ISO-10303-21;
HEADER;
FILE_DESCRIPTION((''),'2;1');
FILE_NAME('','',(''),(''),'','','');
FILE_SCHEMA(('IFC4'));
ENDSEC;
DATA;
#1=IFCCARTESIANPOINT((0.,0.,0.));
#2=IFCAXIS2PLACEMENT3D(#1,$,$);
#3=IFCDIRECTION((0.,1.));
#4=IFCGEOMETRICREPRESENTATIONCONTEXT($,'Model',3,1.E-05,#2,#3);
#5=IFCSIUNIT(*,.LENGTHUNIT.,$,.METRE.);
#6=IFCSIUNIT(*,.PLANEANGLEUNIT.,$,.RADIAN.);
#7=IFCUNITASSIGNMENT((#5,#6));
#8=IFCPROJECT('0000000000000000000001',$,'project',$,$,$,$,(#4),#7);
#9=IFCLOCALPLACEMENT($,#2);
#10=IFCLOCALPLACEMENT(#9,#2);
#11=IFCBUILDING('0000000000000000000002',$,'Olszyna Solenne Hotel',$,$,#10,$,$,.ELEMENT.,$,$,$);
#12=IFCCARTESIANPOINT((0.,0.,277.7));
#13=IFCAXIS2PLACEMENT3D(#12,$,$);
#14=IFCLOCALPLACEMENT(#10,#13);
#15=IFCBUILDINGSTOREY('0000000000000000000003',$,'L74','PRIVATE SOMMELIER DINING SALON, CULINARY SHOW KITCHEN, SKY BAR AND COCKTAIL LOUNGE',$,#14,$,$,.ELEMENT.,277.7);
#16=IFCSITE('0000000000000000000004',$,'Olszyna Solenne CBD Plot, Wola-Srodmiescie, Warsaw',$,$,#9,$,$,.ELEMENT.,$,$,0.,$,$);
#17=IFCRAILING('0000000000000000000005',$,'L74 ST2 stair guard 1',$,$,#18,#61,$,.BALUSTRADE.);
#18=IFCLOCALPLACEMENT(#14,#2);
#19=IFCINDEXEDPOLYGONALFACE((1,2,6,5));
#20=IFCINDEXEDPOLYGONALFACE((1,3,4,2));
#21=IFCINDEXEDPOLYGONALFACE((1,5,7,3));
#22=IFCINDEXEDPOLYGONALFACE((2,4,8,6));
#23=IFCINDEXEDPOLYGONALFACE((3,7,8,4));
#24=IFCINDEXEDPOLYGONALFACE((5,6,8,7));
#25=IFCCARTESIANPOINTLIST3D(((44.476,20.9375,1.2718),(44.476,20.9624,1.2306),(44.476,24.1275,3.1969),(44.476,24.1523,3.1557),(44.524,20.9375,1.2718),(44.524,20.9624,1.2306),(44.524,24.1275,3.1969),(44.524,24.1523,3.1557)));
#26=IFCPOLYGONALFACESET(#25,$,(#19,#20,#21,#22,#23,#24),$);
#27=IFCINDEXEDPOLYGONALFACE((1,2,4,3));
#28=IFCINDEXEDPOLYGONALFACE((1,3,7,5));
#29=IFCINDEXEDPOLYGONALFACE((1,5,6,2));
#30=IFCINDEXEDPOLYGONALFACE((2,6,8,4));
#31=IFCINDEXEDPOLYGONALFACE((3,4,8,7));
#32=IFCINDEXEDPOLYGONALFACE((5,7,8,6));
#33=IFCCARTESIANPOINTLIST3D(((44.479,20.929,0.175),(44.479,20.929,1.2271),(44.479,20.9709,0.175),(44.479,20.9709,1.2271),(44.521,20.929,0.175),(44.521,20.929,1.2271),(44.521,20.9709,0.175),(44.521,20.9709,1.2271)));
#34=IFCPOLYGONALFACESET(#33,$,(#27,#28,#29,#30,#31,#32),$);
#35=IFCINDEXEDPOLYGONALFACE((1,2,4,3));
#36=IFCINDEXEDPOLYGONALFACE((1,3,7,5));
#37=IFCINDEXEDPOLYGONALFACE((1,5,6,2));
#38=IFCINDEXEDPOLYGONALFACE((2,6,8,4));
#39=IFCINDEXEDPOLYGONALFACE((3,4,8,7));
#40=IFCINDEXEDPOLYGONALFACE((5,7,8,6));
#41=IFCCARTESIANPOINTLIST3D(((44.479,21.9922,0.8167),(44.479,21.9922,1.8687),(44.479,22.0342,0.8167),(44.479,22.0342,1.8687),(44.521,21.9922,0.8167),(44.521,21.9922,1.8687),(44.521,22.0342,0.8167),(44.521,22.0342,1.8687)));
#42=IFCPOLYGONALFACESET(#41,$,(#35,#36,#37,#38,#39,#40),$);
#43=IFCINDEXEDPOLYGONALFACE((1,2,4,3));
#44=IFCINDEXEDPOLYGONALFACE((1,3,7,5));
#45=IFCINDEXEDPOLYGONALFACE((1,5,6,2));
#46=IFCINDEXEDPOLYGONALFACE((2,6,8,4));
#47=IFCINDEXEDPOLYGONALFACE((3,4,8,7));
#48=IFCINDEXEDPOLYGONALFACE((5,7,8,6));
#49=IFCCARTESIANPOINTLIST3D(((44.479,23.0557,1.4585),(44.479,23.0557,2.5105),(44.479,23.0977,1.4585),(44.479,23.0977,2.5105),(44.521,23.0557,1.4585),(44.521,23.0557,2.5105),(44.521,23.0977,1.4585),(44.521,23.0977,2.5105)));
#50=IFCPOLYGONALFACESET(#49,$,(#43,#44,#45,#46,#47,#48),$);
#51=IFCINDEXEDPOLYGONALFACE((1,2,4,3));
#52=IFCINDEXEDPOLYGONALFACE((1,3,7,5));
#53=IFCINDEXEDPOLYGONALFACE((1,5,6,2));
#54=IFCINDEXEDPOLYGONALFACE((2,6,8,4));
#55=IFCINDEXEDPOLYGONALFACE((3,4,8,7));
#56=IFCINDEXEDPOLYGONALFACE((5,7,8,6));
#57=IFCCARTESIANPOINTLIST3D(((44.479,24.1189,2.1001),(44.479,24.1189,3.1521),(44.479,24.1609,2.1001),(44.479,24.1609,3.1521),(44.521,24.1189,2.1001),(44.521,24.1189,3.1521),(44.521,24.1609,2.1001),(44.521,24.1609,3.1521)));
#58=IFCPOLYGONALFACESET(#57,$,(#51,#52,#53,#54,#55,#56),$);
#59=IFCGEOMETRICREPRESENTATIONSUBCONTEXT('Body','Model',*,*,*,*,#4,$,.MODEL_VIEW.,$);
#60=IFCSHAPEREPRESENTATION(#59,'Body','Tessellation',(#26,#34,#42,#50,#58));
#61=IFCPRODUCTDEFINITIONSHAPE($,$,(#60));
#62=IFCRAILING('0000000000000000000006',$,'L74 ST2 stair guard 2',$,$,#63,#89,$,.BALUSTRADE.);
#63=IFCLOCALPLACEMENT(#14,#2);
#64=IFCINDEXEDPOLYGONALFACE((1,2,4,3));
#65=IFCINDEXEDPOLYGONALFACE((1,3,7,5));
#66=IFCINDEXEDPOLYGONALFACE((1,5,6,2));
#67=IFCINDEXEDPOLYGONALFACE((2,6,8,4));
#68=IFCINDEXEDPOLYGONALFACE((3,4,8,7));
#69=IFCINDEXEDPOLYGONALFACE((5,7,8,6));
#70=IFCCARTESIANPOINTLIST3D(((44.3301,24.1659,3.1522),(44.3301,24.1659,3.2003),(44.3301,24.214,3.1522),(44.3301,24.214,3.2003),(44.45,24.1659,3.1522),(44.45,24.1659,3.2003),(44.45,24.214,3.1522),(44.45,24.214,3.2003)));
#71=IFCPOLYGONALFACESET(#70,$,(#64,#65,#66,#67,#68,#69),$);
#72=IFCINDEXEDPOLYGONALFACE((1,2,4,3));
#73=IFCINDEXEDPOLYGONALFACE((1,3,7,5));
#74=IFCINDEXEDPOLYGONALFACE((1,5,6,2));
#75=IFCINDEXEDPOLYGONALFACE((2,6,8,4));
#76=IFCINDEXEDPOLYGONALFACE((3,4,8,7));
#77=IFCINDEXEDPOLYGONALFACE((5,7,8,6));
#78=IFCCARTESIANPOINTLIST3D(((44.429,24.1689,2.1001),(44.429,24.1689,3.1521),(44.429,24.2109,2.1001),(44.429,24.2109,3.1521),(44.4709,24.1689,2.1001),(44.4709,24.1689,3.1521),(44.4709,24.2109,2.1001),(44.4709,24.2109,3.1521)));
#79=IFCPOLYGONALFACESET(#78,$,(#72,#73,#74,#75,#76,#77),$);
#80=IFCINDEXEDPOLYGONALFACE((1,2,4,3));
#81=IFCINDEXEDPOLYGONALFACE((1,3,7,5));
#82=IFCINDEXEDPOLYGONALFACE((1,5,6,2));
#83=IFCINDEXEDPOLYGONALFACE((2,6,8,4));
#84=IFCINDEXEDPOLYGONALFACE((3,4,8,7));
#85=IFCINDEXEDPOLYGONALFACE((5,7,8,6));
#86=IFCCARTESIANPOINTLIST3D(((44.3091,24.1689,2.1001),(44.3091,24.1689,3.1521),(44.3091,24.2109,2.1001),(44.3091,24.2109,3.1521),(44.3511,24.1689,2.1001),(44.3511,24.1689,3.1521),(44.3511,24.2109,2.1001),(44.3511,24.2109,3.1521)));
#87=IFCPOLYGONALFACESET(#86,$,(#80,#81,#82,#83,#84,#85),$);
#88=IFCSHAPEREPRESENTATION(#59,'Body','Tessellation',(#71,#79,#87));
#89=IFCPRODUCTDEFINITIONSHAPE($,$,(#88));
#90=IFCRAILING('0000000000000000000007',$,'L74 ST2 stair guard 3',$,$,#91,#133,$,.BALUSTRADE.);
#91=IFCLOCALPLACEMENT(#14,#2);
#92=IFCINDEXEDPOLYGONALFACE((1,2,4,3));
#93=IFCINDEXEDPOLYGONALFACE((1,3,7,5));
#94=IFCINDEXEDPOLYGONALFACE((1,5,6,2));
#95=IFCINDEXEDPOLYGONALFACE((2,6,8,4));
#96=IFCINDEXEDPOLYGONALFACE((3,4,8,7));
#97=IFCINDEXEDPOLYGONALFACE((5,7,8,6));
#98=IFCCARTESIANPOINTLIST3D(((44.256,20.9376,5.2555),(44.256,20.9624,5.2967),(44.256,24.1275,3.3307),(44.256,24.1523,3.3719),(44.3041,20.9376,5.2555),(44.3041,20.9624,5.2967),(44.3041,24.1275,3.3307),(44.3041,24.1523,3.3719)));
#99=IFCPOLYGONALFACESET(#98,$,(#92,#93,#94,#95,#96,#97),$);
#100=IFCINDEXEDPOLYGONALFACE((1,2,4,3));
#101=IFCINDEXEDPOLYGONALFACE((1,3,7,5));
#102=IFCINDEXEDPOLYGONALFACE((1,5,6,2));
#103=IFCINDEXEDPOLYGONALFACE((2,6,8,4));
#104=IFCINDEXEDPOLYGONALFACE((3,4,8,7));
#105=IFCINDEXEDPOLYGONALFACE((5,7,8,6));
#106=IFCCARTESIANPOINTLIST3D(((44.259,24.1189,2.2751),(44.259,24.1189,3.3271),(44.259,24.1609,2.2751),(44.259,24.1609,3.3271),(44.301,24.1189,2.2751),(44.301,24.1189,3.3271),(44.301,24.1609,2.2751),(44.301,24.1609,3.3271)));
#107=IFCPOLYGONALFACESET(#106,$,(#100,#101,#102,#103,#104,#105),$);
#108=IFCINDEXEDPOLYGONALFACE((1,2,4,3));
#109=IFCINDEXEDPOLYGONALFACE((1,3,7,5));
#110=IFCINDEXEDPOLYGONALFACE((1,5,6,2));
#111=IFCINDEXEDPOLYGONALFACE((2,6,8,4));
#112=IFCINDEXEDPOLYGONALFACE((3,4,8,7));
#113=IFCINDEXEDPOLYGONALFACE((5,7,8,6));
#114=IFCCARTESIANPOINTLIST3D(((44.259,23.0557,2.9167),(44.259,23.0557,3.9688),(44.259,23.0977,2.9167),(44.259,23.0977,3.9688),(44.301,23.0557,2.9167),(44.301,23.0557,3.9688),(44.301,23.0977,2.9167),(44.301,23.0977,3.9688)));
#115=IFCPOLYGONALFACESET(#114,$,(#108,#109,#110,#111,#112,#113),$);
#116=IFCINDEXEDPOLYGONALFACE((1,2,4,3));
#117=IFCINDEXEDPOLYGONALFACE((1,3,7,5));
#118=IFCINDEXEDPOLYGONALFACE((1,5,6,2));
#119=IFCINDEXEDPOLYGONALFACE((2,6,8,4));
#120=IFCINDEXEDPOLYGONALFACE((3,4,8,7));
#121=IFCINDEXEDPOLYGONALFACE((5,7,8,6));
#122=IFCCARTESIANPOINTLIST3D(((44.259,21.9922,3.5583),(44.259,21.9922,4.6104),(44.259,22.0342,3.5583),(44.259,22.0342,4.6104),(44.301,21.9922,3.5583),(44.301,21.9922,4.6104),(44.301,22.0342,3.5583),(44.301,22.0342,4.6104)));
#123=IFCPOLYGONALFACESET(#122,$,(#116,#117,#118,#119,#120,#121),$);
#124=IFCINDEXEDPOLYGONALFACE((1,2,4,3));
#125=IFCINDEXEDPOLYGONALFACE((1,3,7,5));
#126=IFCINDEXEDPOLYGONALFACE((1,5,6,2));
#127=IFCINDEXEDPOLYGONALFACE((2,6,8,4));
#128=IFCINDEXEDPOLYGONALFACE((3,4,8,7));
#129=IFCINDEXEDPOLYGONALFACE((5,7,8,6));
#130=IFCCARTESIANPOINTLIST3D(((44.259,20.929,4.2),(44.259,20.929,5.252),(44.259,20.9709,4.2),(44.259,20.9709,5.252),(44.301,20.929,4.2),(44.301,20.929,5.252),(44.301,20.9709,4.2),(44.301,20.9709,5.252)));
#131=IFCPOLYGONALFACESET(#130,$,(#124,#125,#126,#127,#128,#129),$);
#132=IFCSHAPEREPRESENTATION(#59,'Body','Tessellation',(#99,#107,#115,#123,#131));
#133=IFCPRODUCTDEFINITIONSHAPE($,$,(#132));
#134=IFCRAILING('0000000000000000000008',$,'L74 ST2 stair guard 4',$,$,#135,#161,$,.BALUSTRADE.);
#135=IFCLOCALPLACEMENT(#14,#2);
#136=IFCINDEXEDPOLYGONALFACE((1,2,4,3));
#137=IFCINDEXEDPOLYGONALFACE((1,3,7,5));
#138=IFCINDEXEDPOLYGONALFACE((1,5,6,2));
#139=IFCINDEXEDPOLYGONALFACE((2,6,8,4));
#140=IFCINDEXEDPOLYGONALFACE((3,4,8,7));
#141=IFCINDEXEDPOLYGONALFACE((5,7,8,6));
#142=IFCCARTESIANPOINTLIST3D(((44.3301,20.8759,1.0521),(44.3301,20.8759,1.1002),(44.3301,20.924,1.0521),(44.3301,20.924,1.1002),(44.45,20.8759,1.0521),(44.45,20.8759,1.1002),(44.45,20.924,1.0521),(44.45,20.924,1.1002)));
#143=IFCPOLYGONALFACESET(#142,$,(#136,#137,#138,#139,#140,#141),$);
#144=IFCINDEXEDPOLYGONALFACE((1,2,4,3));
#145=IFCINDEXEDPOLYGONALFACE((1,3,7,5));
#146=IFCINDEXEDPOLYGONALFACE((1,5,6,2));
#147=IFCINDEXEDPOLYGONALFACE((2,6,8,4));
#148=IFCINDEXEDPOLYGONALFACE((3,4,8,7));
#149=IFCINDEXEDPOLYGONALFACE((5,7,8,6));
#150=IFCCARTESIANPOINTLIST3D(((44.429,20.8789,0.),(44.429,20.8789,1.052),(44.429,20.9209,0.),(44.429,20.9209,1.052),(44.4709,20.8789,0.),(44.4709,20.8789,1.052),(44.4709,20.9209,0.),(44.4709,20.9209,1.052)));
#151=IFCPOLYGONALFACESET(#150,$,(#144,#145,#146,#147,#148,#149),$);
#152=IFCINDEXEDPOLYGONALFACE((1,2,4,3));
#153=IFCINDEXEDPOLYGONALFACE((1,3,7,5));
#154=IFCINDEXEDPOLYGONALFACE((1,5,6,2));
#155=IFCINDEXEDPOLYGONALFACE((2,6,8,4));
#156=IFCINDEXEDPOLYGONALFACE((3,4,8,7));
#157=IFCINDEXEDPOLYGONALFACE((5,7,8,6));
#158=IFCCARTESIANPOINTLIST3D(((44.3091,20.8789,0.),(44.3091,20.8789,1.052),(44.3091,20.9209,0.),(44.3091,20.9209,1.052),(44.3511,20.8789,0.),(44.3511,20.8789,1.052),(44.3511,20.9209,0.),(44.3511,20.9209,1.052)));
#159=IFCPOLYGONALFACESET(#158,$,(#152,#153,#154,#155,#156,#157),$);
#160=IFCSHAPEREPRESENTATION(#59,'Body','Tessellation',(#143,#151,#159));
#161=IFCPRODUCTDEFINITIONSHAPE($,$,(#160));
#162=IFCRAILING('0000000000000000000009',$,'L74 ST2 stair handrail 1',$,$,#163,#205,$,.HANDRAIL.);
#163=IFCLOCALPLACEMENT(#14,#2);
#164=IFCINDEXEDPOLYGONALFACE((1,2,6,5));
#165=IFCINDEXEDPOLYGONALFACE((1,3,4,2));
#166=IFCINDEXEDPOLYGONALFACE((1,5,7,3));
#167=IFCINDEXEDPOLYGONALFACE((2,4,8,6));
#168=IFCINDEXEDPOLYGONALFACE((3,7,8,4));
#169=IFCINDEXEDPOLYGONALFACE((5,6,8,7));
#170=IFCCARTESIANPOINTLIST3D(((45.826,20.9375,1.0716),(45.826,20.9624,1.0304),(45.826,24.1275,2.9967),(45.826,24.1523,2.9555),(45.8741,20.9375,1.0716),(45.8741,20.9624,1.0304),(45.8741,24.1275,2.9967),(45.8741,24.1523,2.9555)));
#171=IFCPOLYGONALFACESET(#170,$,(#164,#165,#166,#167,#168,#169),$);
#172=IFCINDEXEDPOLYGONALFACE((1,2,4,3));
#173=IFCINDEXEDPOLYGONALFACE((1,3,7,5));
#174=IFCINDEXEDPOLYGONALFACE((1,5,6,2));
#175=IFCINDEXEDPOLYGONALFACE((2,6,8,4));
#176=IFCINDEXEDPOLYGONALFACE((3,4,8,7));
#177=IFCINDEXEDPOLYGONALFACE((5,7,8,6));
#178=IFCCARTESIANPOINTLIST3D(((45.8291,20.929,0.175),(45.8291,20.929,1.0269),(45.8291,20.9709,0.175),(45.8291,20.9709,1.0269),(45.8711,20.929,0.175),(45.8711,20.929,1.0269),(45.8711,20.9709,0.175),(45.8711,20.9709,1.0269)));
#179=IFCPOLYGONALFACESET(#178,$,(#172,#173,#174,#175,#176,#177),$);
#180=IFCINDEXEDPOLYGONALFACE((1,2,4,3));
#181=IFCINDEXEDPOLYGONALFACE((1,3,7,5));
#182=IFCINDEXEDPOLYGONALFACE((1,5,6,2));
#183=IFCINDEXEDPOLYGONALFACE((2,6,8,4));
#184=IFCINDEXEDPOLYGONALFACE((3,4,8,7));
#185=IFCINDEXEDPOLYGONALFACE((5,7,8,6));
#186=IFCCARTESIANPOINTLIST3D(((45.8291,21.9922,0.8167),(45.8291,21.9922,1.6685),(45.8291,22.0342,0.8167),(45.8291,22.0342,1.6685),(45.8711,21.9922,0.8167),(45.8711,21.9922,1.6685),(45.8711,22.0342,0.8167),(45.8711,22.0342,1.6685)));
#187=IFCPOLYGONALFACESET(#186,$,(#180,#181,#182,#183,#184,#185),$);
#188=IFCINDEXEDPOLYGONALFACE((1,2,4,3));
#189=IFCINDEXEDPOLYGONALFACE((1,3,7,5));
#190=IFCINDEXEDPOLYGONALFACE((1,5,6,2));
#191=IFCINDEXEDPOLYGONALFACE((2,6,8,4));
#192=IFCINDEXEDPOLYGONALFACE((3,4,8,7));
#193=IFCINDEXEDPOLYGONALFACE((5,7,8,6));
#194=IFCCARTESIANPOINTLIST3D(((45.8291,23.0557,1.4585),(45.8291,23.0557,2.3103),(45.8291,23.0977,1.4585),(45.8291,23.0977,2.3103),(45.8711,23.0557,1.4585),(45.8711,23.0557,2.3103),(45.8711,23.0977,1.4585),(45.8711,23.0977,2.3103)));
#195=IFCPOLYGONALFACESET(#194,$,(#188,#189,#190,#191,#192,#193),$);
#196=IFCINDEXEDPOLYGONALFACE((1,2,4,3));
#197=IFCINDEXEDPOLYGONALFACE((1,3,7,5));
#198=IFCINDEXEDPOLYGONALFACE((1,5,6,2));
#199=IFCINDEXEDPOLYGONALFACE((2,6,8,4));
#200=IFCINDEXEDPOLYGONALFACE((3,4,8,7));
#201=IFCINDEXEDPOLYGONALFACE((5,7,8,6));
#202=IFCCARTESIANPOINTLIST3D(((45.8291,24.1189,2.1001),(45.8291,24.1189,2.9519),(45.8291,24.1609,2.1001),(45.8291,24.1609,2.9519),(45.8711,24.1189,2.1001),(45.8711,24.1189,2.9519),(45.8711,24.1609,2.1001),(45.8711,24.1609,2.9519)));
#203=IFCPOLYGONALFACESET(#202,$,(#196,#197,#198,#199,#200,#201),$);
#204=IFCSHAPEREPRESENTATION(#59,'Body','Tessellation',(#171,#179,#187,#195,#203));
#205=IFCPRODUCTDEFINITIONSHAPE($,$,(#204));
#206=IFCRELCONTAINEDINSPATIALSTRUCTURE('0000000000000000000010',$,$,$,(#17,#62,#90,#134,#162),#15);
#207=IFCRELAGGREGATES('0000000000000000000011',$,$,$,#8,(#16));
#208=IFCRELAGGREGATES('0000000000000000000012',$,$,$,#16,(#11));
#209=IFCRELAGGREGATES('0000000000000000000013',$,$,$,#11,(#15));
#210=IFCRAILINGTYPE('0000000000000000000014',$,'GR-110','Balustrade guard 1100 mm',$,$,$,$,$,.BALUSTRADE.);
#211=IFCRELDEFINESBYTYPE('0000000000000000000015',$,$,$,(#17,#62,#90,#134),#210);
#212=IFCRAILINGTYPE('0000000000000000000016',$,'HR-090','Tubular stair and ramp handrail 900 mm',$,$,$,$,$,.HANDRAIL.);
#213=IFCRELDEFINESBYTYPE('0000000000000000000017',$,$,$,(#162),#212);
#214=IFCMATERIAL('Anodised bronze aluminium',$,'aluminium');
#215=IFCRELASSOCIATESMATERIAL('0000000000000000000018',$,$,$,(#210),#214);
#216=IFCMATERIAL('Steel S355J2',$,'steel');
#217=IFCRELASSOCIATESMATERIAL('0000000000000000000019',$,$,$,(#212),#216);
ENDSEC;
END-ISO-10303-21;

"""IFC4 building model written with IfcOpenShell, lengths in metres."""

from ifc_helpers import new_model, si_unit, direction, frame, origin, origin_2d, place, context, subcontext, project, spatial, rectangle, extrude, material, type_object, element, save


model = new_model("IFC4")

# Units and contexts
model_context = context("Model", 3, precision=1e-05, world=origin(), true_north=direction((0.0, 1.0)))
body_context = subcontext(model_context, "Body", "Model", "MODEL_VIEW")
ifc_project = project(units=[si_unit("LENGTHUNIT", "METRE"), si_unit("PLANEANGLEUNIT", "RADIAN")], contexts=[model_context])

# Site, building, storey
site_placement = place(None, origin())
site = spatial("IfcSite", under=ifc_project, at=site_placement, Name="Olszyna Solenne CBD Plot, Wola-Srodmiescie, Warsaw", CompositionType="ELEMENT", RefElevation=0.0)
building_placement = place(site_placement, origin())
building = spatial("IfcBuilding", under=site, at=building_placement, Name="Olszyna Solenne Hotel", CompositionType="ELEMENT")
storey_placement = place(building_placement, frame((0.0, 0.0, 277.7)))
storey = spatial("IfcBuildingStorey", under=building, at=storey_placement, Name="L74", Description="PRIVATE SOMMELIER DINING SALON, CULINARY SHOW KITCHEN, SKY BAR AND COCKTAIL LOUNGE", CompositionType="ELEMENT", Elevation=277.7)

# Shared definitions
ifc_material_1 = material(Name="Steel S355J2", Category="steel")

# Shared definitions
ifc_material_2 = material(Name="Anodised bronze aluminium", Category="aluminium")

# Railings
railing_type_1 = type_object("IfcRailingType", Name="GR-110", Description="Balustrade guard 1100 mm", PredefinedType="BALUSTRADE", material=ifc_material_2)
railing_1_placement = place(storey_placement, frame((44.5, 20.95, 0.175)))
element("IfcRailing", 1, at=railing_1_placement, inside=storey, type_object=railing_type_1, Name="L74 ST2 stair guard 1", PredefinedType="BALUSTRADE", context=body_context, shape_type="SweptSolid", body=[
    extrude(rectangle(XDim=0.0481, YDim=0.0481, at=origin_2d()), frame((0.0, 0.0, 1.0762), z_axis=(0.0, 0.856178, 0.516682), x_axis=(-1.0, 0.0, 0.0)), (0.0, 0.0, 1.0), 3.7258),
    extrude(rectangle(XDim=0.042, YDim=0.042, at=origin_2d()), origin(), (0.0, 0.0, 1.0), 1.052),
    extrude(rectangle(XDim=0.042, YDim=0.042, at=origin_2d()), frame((0.0, 1.0632, 0.6416)), (0.0, 0.0, 1.0), 1.052),
    extrude(rectangle(XDim=0.042, YDim=0.042, at=origin_2d()), frame((0.0, 2.1267, 1.2834)), (0.0, 0.0, 1.0), 1.052),
    extrude(rectangle(XDim=0.042, YDim=0.042, at=origin_2d()), frame((0.0, 3.1899, 1.925)), (0.0, 0.0, 1.0), 1.052),
])
railing_2_placement = place(storey_placement, frame((44.45, 24.1899, 2.1001)))
element("IfcRailing", 2, at=railing_2_placement, inside=storey, type_object=railing_type_1, Name="L74 ST2 stair guard 2", PredefinedType="BALUSTRADE", context=body_context, shape_type="SweptSolid", body=[
    extrude(rectangle(XDim=0.0481, YDim=0.0481, at=origin_2d()), frame((0.0, 0.0, 1.0762), z_axis=(-1.0, 0.0, 0.0), x_axis=(0.0, -1.0, 0.0)), (0.0, 0.0, 1.0), 0.1199),
    extrude(rectangle(XDim=0.042, YDim=0.042, at=origin_2d()), origin(), (0.0, 0.0, 1.0), 1.052),
    extrude(rectangle(XDim=0.042, YDim=0.042, at=origin_2d()), frame((-0.1199, 0.0, 0.0)), (0.0, 0.0, 1.0), 1.052),
])
railing_3_placement = place(storey_placement, frame((44.28, 24.1399, 2.2751)))
element("IfcRailing", 3, at=railing_3_placement, inside=storey, type_object=railing_type_1, Name="L74 ST2 stair guard 3", PredefinedType="BALUSTRADE", context=body_context, shape_type="SweptSolid", body=[
    extrude(rectangle(XDim=0.0481, YDim=0.0481, at=origin_2d()), frame((0.0, 0.0, 1.0762), z_axis=(0.0, -0.856207, 0.516633), x_axis=(1.0, 0.0, 0.0)), (0.0, 0.0, 1.0), 3.7256),
    extrude(rectangle(XDim=0.042, YDim=0.042, at=origin_2d()), origin(), (0.0, 0.0, 1.0), 1.052),
    extrude(rectangle(XDim=0.042, YDim=0.042, at=origin_2d()), frame((0.0, -1.0632, 0.6416)), (0.0, 0.0, 1.0), 1.052),
    extrude(rectangle(XDim=0.042, YDim=0.042, at=origin_2d()), frame((0.0, -2.1267, 1.2832)), (0.0, 0.0, 1.0), 1.052),
    extrude(rectangle(XDim=0.042, YDim=0.042, at=origin_2d()), frame((0.0, -3.1899, 1.9248)), (0.0, 0.0, 1.0), 1.052),
])
railing_4_placement = place(storey_placement, frame((44.45, 20.8999, 0.0)))
element("IfcRailing", 4, at=railing_4_placement, inside=storey, type_object=railing_type_1, Name="L74 ST2 stair guard 4", PredefinedType="BALUSTRADE", context=body_context, shape_type="SweptSolid", body=[
    extrude(rectangle(XDim=0.0481, YDim=0.0481, at=origin_2d()), frame((0.0, 0.0, 1.0762), z_axis=(-1.0, 0.0, 0.0), x_axis=(0.0, -1.0, 0.0)), (0.0, 0.0, 1.0), 0.1199),
    extrude(rectangle(XDim=0.042, YDim=0.042, at=origin_2d()), origin(), (0.0, 0.0, 1.0), 1.052),
    extrude(rectangle(XDim=0.042, YDim=0.042, at=origin_2d()), frame((-0.1199, 0.0, 0.0)), (0.0, 0.0, 1.0), 1.052),
])
railing_type_2 = type_object("IfcRailingType", Name="HR-090", Description="Tubular stair and ramp handrail 900 mm", PredefinedType="HANDRAIL", material=ifc_material_1)
railing_5_placement = place(storey_placement, frame((45.8501, 20.95, 0.175)))
element("IfcRailing", 5, at=railing_5_placement, inside=storey, type_object=railing_type_2, Name="L74 ST2 stair handrail 1", PredefinedType="HANDRAIL", context=body_context, shape_type="SweptSolid", body=[
    extrude(rectangle(XDim=0.0481, YDim=0.0481, at=origin_2d()), frame((0.0, 0.0, 0.876), z_axis=(0.0, 0.856178, 0.516682), x_axis=(-1.0, 0.0, 0.0)), (0.0, 0.0, 1.0), 3.7258),
    extrude(rectangle(XDim=0.042, YDim=0.042, at=origin_2d()), origin(), (0.0, 0.0, 1.0), 0.8518),
    extrude(rectangle(XDim=0.042, YDim=0.042, at=origin_2d()), frame((0.0, 1.0632, 0.6416)), (0.0, 0.0, 1.0), 0.8518),
    extrude(rectangle(XDim=0.042, YDim=0.042, at=origin_2d()), frame((0.0, 2.1267, 1.2834)), (0.0, 0.0, 1.0), 0.8518),
    extrude(rectangle(XDim=0.042, YDim=0.042, at=origin_2d()), frame((0.0, 3.1899, 1.925)), (0.0, 0.0, 1.0), 0.8518),
])

save(model, "model.ifc")
